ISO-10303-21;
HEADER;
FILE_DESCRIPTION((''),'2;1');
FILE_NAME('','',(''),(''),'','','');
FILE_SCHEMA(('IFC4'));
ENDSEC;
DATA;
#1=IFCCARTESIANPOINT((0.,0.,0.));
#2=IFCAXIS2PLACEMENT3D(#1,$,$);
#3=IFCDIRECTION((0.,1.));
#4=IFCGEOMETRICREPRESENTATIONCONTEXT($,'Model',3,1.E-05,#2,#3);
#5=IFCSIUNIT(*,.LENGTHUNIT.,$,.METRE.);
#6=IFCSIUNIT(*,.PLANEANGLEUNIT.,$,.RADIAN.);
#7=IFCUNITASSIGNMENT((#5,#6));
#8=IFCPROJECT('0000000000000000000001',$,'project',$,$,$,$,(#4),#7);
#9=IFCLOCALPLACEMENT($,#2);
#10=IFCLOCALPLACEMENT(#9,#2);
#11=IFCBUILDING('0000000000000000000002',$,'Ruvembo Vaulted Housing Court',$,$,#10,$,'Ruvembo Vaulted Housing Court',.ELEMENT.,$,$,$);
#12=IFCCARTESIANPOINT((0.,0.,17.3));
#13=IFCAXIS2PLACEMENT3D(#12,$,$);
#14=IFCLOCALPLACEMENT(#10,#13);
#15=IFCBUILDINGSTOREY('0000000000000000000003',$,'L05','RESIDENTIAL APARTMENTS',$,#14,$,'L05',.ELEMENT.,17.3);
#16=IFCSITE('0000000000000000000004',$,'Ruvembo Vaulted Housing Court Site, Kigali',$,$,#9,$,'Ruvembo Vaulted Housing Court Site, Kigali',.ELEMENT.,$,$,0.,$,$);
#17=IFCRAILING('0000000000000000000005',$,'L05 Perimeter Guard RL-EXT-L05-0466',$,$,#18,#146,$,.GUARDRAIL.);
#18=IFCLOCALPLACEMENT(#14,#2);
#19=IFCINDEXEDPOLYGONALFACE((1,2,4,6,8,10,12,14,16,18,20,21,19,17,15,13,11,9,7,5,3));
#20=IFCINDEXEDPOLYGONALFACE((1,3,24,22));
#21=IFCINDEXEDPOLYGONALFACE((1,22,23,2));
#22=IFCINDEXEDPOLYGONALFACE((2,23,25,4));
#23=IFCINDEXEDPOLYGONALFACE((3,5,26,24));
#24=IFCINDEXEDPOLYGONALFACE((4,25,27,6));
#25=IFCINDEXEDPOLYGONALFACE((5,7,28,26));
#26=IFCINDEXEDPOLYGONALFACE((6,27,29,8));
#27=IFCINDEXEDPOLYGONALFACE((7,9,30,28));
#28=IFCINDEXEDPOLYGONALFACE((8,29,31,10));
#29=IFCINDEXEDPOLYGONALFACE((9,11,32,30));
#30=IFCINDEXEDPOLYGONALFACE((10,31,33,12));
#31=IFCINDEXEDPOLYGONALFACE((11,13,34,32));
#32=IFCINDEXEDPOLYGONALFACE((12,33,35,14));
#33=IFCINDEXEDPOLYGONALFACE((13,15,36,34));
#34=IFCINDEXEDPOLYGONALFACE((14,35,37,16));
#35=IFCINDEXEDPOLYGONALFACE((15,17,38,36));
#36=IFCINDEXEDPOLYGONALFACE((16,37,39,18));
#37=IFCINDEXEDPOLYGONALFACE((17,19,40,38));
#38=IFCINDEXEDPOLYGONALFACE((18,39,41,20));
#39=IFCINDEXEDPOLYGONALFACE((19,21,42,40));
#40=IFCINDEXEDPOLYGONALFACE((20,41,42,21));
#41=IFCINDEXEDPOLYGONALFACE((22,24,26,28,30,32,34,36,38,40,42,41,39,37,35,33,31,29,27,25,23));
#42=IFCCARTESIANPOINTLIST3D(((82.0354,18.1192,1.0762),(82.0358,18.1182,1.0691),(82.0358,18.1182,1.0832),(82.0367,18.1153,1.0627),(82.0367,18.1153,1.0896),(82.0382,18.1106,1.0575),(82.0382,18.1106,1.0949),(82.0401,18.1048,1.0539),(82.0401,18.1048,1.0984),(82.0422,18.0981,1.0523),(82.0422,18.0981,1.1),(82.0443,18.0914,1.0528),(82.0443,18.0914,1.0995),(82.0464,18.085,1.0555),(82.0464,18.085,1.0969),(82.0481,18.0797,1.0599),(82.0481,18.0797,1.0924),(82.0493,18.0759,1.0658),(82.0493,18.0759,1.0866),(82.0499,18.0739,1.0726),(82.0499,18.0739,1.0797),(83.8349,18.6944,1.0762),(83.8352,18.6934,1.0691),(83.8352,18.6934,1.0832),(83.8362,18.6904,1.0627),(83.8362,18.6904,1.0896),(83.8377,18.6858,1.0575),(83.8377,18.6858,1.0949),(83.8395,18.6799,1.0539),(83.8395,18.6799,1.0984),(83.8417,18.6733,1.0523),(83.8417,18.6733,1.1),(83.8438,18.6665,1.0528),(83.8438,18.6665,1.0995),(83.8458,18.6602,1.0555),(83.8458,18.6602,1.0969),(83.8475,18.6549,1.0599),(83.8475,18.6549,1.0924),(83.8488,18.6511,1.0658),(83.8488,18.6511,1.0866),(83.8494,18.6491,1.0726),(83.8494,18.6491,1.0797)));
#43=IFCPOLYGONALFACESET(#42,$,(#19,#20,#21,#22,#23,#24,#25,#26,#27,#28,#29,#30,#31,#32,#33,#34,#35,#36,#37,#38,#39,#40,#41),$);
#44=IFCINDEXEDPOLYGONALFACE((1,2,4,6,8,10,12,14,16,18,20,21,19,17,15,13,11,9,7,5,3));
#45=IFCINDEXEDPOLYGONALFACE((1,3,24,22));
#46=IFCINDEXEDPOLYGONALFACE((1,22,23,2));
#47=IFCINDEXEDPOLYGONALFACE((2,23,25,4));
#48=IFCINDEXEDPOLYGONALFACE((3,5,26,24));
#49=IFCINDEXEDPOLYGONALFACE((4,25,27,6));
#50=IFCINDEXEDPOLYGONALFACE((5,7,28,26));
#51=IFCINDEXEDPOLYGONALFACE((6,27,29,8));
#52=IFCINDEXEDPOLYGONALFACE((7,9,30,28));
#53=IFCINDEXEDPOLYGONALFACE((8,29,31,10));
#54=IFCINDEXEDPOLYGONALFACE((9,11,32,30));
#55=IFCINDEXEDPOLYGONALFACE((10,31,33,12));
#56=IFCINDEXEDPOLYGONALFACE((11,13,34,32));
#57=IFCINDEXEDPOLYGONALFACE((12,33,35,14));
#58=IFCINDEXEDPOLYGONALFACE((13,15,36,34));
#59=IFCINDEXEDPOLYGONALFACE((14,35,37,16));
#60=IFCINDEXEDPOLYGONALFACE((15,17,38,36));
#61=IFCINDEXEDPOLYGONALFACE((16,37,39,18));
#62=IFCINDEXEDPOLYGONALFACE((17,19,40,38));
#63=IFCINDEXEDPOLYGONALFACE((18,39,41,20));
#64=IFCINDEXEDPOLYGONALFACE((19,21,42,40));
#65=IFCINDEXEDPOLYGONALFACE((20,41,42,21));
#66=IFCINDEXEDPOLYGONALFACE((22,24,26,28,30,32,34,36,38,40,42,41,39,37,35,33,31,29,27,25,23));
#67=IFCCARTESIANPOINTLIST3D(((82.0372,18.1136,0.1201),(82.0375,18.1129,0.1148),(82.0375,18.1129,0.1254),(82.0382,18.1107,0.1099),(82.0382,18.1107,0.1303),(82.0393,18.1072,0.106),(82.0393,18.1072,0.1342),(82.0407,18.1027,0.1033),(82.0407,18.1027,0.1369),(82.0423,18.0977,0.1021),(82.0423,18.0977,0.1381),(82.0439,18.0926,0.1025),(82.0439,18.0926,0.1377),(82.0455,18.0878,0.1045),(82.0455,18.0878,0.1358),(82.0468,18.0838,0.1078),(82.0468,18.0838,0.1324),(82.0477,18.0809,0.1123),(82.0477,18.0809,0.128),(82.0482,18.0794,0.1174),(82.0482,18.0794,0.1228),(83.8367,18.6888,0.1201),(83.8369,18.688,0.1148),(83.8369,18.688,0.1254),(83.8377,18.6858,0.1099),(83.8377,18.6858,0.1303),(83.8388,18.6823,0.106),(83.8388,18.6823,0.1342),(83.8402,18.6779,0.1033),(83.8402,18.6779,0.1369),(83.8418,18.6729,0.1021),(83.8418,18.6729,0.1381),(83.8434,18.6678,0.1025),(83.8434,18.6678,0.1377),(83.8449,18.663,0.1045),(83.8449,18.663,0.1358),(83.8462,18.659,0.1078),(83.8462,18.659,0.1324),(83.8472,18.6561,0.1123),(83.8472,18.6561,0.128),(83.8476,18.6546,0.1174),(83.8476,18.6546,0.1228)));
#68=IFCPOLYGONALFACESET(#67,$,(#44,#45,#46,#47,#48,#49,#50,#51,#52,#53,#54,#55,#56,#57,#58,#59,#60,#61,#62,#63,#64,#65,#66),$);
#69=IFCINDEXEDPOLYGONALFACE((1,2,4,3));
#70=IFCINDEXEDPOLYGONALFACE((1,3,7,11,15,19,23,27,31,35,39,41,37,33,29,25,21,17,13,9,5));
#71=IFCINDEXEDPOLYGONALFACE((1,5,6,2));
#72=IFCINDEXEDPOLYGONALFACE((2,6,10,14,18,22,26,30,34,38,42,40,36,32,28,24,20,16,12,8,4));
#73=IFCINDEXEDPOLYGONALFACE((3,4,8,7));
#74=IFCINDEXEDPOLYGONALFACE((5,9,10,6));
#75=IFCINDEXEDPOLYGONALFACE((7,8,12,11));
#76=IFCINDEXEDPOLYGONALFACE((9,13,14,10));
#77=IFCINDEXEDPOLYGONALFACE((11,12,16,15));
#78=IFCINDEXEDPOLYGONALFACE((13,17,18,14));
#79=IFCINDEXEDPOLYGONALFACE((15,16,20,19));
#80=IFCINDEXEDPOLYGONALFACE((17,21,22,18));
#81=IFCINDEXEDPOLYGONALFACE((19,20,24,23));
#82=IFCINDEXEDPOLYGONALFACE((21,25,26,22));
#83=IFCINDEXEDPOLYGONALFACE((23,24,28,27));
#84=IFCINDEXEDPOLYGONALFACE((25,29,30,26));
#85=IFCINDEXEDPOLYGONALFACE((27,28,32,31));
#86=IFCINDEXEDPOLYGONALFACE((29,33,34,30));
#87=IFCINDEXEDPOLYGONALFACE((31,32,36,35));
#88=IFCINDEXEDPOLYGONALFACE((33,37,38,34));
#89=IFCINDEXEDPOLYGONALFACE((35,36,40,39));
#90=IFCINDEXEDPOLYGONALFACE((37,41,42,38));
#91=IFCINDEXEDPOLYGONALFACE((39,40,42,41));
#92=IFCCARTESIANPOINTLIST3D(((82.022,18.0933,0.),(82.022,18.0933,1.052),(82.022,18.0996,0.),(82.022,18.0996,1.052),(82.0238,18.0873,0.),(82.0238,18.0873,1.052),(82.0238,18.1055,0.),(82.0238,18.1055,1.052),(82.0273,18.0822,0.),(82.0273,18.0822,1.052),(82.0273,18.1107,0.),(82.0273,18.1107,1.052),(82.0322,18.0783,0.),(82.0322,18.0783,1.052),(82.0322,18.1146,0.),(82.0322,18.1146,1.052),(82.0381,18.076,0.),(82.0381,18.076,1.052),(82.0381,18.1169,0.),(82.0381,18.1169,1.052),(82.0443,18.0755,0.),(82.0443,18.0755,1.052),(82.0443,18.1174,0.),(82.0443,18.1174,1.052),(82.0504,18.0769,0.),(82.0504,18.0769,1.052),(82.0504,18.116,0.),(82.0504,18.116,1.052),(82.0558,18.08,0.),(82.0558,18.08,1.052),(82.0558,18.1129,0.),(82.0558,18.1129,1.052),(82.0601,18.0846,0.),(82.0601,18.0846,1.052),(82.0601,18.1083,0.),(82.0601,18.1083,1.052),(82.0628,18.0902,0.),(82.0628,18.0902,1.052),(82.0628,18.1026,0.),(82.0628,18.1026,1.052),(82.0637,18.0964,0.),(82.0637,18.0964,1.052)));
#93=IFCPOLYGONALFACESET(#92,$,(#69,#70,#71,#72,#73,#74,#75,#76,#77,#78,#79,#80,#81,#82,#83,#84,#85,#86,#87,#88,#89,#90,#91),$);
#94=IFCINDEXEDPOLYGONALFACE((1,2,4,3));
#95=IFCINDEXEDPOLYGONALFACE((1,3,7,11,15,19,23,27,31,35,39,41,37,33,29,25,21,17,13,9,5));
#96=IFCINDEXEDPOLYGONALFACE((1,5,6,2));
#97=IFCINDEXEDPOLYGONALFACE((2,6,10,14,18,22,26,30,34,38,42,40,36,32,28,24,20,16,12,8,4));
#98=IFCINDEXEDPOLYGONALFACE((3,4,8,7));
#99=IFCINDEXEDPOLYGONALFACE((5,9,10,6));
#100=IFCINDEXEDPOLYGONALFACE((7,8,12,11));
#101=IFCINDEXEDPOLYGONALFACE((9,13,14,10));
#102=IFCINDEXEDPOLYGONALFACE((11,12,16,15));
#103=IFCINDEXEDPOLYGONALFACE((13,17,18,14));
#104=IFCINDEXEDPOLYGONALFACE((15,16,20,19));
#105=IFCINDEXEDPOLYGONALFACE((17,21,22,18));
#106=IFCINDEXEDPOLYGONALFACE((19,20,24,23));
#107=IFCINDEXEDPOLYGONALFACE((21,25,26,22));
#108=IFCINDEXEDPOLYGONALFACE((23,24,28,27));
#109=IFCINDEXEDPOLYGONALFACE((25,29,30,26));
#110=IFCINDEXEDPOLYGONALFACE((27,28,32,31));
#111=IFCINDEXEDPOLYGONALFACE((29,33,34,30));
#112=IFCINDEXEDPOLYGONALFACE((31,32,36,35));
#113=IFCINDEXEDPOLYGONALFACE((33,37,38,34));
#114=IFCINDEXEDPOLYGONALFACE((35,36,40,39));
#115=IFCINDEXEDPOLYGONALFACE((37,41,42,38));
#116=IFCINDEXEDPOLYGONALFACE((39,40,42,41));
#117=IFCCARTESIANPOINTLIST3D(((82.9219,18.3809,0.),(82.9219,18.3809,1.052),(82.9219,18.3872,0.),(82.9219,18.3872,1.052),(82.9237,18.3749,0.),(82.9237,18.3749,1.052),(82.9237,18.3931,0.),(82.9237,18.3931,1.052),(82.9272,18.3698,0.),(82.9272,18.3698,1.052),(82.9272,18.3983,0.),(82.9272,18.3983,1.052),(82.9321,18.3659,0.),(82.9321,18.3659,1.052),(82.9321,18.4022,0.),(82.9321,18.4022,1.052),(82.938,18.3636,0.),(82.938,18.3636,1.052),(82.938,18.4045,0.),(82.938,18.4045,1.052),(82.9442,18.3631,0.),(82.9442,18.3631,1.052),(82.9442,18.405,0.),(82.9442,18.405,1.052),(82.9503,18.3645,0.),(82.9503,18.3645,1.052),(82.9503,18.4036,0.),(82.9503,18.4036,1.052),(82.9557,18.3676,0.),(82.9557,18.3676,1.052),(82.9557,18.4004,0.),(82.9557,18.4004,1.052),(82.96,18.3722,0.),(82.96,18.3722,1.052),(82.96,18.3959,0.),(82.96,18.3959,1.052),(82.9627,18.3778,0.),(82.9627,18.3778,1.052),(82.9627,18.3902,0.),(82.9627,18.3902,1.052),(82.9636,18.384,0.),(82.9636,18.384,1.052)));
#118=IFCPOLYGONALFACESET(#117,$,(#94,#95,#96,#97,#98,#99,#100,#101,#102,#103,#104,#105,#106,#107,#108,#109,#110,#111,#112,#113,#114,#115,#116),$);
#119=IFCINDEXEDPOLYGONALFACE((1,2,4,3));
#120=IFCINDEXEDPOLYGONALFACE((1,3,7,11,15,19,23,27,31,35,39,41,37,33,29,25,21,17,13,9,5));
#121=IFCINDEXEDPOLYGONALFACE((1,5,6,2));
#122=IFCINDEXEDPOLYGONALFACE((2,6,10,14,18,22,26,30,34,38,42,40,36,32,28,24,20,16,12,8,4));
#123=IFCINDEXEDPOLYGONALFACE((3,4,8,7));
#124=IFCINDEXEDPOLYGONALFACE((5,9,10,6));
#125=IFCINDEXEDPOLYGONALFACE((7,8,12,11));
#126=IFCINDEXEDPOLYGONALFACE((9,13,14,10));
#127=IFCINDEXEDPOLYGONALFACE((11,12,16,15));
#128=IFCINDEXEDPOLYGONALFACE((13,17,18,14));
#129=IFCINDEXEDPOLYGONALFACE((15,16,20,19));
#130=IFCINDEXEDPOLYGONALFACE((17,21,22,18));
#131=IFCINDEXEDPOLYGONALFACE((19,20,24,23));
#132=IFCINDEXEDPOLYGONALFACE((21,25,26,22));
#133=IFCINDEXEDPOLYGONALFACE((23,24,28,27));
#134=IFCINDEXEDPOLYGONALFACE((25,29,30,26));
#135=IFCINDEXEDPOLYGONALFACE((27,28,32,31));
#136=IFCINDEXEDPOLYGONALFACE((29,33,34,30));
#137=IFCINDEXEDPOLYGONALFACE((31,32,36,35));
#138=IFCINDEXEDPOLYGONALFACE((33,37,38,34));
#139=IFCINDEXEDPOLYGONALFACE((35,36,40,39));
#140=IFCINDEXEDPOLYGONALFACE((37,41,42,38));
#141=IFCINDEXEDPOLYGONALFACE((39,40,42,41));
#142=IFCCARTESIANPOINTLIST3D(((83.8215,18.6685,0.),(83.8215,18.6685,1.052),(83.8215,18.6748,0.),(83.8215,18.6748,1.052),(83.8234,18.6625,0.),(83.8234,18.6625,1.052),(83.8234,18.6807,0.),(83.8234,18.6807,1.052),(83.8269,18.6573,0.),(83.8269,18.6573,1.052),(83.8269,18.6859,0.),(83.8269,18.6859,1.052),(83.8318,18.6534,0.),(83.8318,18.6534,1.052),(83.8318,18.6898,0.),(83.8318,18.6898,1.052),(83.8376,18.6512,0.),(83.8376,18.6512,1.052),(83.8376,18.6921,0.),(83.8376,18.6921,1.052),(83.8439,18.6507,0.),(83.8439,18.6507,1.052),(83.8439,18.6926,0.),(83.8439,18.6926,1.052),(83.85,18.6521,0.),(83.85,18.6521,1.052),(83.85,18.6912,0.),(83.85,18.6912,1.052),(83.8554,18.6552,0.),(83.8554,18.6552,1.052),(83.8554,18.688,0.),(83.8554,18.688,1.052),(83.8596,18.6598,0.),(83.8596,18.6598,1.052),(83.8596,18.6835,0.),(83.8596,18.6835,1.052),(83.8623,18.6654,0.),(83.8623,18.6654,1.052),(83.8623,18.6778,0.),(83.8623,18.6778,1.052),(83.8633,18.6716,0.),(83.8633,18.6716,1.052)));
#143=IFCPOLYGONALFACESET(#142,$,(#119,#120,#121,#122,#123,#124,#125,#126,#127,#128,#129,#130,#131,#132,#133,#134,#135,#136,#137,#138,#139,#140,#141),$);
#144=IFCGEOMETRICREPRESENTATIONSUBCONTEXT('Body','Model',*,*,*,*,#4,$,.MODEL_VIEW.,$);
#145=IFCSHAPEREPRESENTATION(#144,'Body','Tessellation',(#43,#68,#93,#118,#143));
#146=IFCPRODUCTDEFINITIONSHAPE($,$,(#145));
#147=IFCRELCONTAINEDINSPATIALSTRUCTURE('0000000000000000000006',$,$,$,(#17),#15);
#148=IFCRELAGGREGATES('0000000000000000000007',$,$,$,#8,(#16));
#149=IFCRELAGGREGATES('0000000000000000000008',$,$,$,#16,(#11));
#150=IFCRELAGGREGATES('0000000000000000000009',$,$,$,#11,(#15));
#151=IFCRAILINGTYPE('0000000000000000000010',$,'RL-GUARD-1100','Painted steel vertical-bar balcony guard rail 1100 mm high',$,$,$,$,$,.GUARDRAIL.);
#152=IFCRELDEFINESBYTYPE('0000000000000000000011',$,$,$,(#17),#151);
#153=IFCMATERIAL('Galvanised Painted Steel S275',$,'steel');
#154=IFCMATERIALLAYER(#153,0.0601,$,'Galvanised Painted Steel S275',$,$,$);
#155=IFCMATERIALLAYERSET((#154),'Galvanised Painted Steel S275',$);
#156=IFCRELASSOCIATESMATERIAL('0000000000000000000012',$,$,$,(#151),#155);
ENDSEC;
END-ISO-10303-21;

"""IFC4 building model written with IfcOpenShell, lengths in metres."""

from ifc_helpers import new_model, si_unit, direction, frame, origin, origin_2d, place, context, subcontext, project, spatial, circle, extrude, material, layer, layer_set, type_object, element, save


model = new_model("IFC4")

# Units and contexts
model_context = context("Model", 3, precision=1e-05, world=origin(), true_north=direction((0.0, 1.0)))
body_context = subcontext(model_context, "Body", "Model", "MODEL_VIEW")
ifc_project = project(units=[si_unit("LENGTHUNIT", "METRE"), si_unit("PLANEANGLEUNIT", "RADIAN")], contexts=[model_context])

# Site, building, storey
site_placement = place(None, origin())
site = spatial("IfcSite", under=ifc_project, at=site_placement, Name="Ruvembo Vaulted Housing Court Site, Kigali", LongName="Ruvembo Vaulted Housing Court Site, Kigali", CompositionType="ELEMENT", RefElevation=0.0)
building_placement = place(site_placement, origin())
building = spatial("IfcBuilding", under=site, at=building_placement, Name="Ruvembo Vaulted Housing Court", LongName="Ruvembo Vaulted Housing Court", CompositionType="ELEMENT")
storey_placement = place(building_placement, frame((0.0, 0.0, 17.3)))
storey = spatial("IfcBuildingStorey", under=building, at=storey_placement, Name="L05", Description="RESIDENTIAL APARTMENTS", LongName="L05", CompositionType="ELEMENT", Elevation=17.3)

# Railing
ifc_material_1 = material(Name="Galvanised Painted Steel S275", Category="steel")
ifc_layer = layer(ifc_material_1, 0.0601, Name="Galvanised Painted Steel S275")
ifc_layer_set = layer_set([ifc_layer], Name="Galvanised Painted Steel S275")
railing_type = type_object("IfcRailingType", Name="RL-GUARD-1100", Description="Painted steel vertical-bar balcony guard rail 1100 mm high", PredefinedType="GUARDRAIL", material=ifc_layer_set)
railing_1_placement = place(storey_placement, frame((82.0427, 18.0964, 0.0)))
element("IfcRailing", 1, at=railing_1_placement, inside=storey, type_object=railing_type, Name="L05 Perimeter Guard RL-EXT-L05-0466", PredefinedType="GUARDRAIL", context=body_context, shape_type="SweptSolid", body=[
    extrude(circle(Radius=0.0239, at=origin_2d()), frame((0.0, 0.0, 1.0762), z_axis=(0.952526, 0.304457, 0.0), x_axis=(-0.304457, 0.952526, 0.0)), (0.0, 0.0, 1.0), 1.8892),
    extrude(circle(Radius=0.0181, at=origin_2d()), frame((0.0, 0.0, 0.1201), z_axis=(0.952526, 0.304457, 0.0), x_axis=(-0.304457, 0.952526, 0.0)), (0.0, 0.0, 1.0), 1.8892),
    extrude(circle(Radius=0.021, at=origin_2d()), origin(), (0.0, 0.0, 1.0), 1.052),
    extrude(circle(Radius=0.021, at=origin_2d()), frame((0.8999, 0.2876, 0.0)), (0.0, 0.0, 1.0), 1.052),
    extrude(circle(Radius=0.021, at=origin_2d()), frame((1.7996, 0.5752, 0.0)), (0.0, 0.0, 1.0), 1.052),
])

save(model, "model.ifc")
